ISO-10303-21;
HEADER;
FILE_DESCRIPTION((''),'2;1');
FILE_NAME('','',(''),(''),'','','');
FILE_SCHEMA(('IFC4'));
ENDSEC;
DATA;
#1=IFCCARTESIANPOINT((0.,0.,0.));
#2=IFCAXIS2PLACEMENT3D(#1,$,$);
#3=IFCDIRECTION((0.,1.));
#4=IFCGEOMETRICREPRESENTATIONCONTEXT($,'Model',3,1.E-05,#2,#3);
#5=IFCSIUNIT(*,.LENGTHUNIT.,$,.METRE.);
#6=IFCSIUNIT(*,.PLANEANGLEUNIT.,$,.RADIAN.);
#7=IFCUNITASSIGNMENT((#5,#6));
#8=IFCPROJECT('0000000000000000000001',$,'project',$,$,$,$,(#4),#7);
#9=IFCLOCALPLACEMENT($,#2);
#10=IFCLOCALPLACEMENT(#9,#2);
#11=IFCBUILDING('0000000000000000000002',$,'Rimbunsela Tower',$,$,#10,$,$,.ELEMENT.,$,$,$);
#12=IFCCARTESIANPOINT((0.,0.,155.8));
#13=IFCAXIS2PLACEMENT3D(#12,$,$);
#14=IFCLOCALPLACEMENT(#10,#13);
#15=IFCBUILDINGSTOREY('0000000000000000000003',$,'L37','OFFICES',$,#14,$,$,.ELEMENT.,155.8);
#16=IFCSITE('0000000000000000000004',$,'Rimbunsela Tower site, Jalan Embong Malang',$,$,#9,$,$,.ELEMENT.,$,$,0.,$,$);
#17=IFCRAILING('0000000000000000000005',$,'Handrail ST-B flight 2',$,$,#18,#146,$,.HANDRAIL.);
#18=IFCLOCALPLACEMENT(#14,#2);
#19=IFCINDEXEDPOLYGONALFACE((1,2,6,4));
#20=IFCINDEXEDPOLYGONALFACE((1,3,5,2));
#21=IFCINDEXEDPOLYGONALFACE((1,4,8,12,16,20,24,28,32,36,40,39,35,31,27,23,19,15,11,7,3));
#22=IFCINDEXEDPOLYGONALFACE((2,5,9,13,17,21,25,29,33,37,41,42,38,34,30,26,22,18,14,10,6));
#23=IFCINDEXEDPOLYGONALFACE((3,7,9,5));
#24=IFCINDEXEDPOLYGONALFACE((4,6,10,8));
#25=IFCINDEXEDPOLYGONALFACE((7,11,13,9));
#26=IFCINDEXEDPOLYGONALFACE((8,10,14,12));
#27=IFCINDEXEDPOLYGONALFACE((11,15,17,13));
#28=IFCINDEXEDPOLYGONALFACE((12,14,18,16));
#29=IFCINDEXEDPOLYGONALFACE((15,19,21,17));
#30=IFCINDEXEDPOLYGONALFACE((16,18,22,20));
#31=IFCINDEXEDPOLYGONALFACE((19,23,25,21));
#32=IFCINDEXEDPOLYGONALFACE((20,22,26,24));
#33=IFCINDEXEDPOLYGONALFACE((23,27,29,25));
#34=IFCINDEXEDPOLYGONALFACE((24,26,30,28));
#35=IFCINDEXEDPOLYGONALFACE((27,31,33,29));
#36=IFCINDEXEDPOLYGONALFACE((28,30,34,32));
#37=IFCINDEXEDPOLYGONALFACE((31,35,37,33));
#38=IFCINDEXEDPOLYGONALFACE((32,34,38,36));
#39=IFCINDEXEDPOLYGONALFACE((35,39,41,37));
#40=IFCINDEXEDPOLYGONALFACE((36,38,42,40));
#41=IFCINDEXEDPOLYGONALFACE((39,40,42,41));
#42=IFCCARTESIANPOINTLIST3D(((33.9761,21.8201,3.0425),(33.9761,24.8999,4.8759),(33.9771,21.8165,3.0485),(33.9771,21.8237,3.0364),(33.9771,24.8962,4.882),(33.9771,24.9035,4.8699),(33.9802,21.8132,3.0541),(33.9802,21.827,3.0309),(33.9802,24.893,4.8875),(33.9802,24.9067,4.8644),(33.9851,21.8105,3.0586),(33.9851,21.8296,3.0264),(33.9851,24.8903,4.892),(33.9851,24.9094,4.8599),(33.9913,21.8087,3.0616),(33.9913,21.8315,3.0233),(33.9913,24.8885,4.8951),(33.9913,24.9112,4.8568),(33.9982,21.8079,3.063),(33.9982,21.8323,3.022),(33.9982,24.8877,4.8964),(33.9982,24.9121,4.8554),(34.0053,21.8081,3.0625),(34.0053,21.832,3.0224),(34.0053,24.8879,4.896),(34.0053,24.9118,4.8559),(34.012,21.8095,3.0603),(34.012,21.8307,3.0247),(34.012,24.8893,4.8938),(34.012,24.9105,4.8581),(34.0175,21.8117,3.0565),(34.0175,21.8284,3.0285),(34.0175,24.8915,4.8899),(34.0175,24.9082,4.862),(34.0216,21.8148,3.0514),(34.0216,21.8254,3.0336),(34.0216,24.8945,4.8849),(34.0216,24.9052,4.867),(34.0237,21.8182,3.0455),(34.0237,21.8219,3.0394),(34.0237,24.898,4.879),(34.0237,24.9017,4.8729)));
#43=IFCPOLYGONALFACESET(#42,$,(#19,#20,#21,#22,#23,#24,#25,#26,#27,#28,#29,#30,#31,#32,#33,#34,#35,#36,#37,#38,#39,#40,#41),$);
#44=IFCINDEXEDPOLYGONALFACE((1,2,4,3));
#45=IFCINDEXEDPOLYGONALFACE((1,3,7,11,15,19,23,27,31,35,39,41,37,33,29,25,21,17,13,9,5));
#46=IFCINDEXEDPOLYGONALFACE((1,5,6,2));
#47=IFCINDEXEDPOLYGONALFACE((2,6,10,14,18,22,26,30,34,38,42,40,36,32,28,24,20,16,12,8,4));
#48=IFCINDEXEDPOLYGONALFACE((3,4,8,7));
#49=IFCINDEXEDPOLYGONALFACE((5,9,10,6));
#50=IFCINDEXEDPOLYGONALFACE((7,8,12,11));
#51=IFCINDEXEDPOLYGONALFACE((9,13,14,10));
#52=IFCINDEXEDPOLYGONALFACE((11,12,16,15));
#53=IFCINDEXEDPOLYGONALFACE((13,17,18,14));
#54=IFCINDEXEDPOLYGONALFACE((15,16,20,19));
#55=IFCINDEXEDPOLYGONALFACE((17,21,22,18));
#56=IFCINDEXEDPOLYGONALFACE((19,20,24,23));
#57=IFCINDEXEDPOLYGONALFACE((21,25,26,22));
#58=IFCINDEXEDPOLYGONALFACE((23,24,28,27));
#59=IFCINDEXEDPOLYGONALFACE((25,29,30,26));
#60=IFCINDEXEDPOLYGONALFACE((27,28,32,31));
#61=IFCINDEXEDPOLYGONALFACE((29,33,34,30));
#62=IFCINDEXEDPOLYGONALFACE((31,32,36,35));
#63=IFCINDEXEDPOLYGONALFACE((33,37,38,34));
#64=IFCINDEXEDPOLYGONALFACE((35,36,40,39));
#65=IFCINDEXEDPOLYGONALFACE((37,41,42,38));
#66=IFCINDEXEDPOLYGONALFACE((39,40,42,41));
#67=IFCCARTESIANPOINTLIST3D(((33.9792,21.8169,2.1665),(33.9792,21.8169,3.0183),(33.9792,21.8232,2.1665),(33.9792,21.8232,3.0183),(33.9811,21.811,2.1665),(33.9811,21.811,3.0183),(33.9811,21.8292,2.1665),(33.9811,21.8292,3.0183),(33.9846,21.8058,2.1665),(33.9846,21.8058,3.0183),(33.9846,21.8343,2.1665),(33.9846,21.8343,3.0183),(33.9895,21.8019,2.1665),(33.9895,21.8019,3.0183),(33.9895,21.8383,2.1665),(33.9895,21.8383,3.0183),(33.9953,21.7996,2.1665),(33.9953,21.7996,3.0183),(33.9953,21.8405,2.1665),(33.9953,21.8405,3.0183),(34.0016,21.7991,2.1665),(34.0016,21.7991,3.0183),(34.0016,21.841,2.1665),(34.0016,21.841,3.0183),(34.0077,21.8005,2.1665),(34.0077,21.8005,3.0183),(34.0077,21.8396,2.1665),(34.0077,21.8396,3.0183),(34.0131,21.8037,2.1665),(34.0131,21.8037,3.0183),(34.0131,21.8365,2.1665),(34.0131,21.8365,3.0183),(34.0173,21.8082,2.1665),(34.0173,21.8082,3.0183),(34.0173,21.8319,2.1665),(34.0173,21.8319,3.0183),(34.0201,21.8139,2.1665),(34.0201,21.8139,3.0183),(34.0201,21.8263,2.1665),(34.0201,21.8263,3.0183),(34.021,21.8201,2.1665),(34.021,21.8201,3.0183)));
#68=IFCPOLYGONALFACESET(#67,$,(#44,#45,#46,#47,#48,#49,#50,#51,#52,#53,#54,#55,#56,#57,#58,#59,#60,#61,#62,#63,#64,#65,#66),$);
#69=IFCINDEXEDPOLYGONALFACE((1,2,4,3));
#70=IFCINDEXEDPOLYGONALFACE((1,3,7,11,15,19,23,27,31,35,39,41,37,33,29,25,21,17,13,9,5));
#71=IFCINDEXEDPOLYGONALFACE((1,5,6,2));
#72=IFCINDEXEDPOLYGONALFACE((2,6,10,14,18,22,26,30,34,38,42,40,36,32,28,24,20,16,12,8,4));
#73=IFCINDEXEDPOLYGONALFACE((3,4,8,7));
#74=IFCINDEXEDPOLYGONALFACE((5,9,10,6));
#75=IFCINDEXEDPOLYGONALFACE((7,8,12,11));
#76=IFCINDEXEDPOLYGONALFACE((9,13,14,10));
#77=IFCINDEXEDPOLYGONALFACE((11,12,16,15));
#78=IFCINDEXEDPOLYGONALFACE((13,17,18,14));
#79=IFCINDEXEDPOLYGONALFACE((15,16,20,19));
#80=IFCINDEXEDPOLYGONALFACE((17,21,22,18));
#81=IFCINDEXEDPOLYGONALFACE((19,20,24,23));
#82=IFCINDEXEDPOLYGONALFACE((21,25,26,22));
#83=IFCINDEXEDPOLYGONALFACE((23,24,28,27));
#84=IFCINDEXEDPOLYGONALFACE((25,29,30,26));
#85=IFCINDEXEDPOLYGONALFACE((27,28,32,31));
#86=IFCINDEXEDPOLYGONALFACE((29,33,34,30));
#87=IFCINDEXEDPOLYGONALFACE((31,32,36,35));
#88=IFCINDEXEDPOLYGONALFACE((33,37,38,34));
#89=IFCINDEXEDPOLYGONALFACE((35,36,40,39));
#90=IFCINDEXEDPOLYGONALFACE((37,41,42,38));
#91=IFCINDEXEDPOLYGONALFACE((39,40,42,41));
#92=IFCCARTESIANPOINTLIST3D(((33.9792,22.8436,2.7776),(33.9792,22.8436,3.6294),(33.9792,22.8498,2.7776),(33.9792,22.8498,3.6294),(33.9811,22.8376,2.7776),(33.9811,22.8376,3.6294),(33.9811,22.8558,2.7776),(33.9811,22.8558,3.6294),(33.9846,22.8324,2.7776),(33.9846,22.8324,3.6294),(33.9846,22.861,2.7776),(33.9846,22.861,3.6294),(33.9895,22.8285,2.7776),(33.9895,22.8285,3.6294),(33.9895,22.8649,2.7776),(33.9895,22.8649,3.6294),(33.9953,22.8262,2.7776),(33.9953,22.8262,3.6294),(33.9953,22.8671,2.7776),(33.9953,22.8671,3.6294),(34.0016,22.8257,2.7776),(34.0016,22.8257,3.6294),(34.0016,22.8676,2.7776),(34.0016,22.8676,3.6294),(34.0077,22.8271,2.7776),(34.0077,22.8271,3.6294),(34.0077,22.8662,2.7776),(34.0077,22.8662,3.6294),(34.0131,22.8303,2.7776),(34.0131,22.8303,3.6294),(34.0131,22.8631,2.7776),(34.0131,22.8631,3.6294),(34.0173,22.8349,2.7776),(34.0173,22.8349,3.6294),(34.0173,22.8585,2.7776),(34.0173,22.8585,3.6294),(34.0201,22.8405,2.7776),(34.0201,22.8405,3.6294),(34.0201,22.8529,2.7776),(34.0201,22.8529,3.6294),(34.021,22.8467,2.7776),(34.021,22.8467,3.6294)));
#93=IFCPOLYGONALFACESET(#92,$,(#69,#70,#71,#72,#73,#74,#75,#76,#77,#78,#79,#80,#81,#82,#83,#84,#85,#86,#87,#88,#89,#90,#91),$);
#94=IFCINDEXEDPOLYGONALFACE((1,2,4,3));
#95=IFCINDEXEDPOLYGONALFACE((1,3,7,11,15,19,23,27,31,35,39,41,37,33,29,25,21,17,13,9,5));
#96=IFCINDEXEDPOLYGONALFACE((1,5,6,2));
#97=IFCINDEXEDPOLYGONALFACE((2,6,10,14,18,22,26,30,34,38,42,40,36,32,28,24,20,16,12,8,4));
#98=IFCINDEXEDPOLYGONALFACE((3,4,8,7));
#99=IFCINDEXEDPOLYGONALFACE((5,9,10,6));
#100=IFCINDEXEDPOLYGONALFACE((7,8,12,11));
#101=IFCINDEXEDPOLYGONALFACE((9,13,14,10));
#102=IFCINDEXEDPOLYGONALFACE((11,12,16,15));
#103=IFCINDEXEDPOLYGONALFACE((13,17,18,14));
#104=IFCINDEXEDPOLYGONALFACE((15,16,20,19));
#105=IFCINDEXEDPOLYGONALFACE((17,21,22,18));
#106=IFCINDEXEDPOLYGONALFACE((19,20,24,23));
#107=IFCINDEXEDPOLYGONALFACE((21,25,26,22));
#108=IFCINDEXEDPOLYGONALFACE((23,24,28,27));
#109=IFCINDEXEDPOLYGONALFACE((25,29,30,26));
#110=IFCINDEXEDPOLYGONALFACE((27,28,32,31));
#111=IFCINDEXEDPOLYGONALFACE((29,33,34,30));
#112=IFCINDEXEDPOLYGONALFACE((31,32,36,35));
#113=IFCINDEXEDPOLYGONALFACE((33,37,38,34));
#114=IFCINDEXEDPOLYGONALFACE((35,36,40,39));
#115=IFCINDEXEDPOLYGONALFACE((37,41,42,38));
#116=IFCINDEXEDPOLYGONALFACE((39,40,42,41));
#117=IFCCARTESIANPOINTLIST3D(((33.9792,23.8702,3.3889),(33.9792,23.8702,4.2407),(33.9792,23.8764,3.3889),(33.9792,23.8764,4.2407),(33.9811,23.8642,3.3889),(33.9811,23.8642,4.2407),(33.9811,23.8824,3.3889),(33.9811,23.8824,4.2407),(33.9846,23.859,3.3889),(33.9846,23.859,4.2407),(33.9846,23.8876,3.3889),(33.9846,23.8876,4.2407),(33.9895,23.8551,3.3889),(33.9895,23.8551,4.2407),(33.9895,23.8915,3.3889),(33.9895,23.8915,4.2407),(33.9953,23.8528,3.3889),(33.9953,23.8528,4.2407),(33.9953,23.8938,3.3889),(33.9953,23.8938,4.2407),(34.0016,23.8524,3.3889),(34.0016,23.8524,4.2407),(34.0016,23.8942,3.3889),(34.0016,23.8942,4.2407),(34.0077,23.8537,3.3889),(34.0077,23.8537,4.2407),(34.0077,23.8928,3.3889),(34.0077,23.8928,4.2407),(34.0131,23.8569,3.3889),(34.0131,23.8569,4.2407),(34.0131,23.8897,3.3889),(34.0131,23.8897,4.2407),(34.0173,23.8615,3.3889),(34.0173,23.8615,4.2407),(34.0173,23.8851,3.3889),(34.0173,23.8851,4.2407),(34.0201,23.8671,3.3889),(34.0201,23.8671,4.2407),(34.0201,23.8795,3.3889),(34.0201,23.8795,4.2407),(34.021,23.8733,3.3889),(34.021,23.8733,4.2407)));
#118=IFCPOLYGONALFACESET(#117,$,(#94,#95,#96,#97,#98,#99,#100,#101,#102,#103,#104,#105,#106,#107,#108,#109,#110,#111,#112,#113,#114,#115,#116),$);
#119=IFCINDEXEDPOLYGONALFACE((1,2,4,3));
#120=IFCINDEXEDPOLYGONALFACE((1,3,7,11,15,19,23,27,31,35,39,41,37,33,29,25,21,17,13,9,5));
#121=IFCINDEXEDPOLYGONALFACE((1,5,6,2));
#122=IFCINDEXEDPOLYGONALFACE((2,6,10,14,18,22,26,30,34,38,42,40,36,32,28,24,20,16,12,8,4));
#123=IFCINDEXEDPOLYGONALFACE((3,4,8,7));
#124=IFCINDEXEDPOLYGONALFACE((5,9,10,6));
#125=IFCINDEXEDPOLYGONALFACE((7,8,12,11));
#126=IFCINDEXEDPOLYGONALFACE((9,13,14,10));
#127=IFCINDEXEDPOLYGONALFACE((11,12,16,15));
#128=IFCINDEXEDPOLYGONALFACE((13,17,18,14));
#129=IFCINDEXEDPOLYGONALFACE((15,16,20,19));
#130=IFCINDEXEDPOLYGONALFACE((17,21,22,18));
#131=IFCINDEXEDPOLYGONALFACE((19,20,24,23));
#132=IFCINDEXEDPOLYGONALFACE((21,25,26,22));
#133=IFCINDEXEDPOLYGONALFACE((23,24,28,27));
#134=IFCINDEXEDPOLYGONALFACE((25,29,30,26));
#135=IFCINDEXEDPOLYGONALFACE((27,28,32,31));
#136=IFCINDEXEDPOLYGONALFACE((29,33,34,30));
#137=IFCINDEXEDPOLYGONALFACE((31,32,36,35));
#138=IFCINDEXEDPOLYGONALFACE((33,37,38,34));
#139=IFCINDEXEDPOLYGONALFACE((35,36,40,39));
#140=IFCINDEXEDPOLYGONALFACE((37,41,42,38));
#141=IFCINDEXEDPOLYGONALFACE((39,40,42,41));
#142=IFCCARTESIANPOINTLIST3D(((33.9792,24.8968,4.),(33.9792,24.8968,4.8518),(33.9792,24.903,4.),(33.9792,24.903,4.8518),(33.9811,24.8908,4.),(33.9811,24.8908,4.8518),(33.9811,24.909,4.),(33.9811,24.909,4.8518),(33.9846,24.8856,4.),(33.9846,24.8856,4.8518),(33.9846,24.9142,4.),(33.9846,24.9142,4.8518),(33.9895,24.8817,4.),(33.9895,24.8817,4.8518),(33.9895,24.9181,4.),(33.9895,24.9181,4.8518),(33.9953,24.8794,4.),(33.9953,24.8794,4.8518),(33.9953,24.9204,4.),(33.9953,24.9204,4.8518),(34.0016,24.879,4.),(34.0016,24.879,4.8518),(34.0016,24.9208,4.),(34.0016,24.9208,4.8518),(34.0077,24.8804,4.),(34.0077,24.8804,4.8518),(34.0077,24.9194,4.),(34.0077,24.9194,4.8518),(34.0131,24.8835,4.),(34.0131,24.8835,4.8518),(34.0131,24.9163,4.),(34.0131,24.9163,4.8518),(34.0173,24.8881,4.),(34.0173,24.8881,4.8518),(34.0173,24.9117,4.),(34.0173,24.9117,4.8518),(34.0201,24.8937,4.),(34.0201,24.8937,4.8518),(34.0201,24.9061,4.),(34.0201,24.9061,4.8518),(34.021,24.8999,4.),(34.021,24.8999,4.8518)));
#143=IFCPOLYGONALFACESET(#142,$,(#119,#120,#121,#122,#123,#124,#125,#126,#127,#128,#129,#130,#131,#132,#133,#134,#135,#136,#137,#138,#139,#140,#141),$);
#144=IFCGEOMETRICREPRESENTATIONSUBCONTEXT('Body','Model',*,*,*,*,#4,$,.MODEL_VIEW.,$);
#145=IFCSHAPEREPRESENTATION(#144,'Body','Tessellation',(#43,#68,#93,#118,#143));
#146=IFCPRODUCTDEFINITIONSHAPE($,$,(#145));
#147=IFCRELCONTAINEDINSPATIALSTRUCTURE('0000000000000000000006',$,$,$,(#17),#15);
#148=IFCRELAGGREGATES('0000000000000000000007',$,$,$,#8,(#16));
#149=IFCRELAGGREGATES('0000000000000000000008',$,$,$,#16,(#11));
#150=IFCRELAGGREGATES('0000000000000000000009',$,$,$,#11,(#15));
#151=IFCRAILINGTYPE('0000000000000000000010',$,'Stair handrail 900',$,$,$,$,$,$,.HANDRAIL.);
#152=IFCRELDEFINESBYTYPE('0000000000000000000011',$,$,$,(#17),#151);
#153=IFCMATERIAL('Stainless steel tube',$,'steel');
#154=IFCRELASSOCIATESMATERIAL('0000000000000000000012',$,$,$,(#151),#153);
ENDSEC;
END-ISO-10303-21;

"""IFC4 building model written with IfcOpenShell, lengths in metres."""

from ifc_helpers import new_model, si_unit, direction, frame, origin, origin_2d, place, context, subcontext, project, spatial, circle, extrude, material, type_object, element, save


model = new_model("IFC4")

# Units and contexts
model_context = context("Model", 3, precision=1e-05, world=origin(), true_north=direction((0.0, 1.0)))
body_context = subcontext(model_context, "Body", "Model", "MODEL_VIEW")
ifc_project = project(units=[si_unit("LENGTHUNIT", "METRE"), si_unit("PLANEANGLEUNIT", "RADIAN")], contexts=[model_context])

# Site, building, storey
site_placement = place(None, origin())
site = spatial("IfcSite", under=ifc_project, at=site_placement, Name="Rimbunsela Tower site, Jalan Embong Malang", CompositionType="ELEMENT", RefElevation=0.0)
building_placement = place(site_placement, origin())
building = spatial("IfcBuilding", under=site, at=building_placement, Name="Rimbunsela Tower", CompositionType="ELEMENT")
storey_placement = place(building_placement, frame((0.0, 0.0, 155.8)))
storey = spatial("IfcBuildingStorey", under=building, at=storey_placement, Name="L37", Description="OFFICES", CompositionType="ELEMENT", Elevation=155.8)

# Railing
ifc_material_1 = material(Name="Stainless steel tube", Category="steel")
railing_type = type_object("IfcRailingType", Name="Stair handrail 900", PredefinedType="HANDRAIL", material=ifc_material_1)
railing_1_placement = place(storey_placement, frame((34.0, 21.8201, 2.1665)))
element("IfcRailing", 1, at=railing_1_placement, inside=storey, type_object=railing_type, Name="Handrail ST-B flight 2", PredefinedType="HANDRAIL", context=body_context, shape_type="SweptSolid", body=[
    extrude(circle(Radius=0.0239, at=origin_2d()), frame((0.0, 0.0, 0.876), z_axis=(0.0, 0.859261, 0.511538), x_axis=(-1.0, 0.0, 0.0)), (0.0, 0.0, 1.0), 3.5842),
    extrude(circle(Radius=0.021, at=origin_2d()), origin(), (0.0, 0.0, 1.0), 0.8518),
    extrude(circle(Radius=0.021, at=origin_2d()), frame((0.0, 1.0266, 0.6111)), (0.0, 0.0, 1.0), 0.8518),
    extrude(circle(Radius=0.021, at=origin_2d()), frame((0.0, 2.0532, 1.2224)), (0.0, 0.0, 1.0), 0.8518),
    extrude(circle(Radius=0.021, at=origin_2d()), frame((0.0, 3.0798, 1.8335)), (0.0, 0.0, 1.0), 0.8518),
])

save(model, "model.ifc")
